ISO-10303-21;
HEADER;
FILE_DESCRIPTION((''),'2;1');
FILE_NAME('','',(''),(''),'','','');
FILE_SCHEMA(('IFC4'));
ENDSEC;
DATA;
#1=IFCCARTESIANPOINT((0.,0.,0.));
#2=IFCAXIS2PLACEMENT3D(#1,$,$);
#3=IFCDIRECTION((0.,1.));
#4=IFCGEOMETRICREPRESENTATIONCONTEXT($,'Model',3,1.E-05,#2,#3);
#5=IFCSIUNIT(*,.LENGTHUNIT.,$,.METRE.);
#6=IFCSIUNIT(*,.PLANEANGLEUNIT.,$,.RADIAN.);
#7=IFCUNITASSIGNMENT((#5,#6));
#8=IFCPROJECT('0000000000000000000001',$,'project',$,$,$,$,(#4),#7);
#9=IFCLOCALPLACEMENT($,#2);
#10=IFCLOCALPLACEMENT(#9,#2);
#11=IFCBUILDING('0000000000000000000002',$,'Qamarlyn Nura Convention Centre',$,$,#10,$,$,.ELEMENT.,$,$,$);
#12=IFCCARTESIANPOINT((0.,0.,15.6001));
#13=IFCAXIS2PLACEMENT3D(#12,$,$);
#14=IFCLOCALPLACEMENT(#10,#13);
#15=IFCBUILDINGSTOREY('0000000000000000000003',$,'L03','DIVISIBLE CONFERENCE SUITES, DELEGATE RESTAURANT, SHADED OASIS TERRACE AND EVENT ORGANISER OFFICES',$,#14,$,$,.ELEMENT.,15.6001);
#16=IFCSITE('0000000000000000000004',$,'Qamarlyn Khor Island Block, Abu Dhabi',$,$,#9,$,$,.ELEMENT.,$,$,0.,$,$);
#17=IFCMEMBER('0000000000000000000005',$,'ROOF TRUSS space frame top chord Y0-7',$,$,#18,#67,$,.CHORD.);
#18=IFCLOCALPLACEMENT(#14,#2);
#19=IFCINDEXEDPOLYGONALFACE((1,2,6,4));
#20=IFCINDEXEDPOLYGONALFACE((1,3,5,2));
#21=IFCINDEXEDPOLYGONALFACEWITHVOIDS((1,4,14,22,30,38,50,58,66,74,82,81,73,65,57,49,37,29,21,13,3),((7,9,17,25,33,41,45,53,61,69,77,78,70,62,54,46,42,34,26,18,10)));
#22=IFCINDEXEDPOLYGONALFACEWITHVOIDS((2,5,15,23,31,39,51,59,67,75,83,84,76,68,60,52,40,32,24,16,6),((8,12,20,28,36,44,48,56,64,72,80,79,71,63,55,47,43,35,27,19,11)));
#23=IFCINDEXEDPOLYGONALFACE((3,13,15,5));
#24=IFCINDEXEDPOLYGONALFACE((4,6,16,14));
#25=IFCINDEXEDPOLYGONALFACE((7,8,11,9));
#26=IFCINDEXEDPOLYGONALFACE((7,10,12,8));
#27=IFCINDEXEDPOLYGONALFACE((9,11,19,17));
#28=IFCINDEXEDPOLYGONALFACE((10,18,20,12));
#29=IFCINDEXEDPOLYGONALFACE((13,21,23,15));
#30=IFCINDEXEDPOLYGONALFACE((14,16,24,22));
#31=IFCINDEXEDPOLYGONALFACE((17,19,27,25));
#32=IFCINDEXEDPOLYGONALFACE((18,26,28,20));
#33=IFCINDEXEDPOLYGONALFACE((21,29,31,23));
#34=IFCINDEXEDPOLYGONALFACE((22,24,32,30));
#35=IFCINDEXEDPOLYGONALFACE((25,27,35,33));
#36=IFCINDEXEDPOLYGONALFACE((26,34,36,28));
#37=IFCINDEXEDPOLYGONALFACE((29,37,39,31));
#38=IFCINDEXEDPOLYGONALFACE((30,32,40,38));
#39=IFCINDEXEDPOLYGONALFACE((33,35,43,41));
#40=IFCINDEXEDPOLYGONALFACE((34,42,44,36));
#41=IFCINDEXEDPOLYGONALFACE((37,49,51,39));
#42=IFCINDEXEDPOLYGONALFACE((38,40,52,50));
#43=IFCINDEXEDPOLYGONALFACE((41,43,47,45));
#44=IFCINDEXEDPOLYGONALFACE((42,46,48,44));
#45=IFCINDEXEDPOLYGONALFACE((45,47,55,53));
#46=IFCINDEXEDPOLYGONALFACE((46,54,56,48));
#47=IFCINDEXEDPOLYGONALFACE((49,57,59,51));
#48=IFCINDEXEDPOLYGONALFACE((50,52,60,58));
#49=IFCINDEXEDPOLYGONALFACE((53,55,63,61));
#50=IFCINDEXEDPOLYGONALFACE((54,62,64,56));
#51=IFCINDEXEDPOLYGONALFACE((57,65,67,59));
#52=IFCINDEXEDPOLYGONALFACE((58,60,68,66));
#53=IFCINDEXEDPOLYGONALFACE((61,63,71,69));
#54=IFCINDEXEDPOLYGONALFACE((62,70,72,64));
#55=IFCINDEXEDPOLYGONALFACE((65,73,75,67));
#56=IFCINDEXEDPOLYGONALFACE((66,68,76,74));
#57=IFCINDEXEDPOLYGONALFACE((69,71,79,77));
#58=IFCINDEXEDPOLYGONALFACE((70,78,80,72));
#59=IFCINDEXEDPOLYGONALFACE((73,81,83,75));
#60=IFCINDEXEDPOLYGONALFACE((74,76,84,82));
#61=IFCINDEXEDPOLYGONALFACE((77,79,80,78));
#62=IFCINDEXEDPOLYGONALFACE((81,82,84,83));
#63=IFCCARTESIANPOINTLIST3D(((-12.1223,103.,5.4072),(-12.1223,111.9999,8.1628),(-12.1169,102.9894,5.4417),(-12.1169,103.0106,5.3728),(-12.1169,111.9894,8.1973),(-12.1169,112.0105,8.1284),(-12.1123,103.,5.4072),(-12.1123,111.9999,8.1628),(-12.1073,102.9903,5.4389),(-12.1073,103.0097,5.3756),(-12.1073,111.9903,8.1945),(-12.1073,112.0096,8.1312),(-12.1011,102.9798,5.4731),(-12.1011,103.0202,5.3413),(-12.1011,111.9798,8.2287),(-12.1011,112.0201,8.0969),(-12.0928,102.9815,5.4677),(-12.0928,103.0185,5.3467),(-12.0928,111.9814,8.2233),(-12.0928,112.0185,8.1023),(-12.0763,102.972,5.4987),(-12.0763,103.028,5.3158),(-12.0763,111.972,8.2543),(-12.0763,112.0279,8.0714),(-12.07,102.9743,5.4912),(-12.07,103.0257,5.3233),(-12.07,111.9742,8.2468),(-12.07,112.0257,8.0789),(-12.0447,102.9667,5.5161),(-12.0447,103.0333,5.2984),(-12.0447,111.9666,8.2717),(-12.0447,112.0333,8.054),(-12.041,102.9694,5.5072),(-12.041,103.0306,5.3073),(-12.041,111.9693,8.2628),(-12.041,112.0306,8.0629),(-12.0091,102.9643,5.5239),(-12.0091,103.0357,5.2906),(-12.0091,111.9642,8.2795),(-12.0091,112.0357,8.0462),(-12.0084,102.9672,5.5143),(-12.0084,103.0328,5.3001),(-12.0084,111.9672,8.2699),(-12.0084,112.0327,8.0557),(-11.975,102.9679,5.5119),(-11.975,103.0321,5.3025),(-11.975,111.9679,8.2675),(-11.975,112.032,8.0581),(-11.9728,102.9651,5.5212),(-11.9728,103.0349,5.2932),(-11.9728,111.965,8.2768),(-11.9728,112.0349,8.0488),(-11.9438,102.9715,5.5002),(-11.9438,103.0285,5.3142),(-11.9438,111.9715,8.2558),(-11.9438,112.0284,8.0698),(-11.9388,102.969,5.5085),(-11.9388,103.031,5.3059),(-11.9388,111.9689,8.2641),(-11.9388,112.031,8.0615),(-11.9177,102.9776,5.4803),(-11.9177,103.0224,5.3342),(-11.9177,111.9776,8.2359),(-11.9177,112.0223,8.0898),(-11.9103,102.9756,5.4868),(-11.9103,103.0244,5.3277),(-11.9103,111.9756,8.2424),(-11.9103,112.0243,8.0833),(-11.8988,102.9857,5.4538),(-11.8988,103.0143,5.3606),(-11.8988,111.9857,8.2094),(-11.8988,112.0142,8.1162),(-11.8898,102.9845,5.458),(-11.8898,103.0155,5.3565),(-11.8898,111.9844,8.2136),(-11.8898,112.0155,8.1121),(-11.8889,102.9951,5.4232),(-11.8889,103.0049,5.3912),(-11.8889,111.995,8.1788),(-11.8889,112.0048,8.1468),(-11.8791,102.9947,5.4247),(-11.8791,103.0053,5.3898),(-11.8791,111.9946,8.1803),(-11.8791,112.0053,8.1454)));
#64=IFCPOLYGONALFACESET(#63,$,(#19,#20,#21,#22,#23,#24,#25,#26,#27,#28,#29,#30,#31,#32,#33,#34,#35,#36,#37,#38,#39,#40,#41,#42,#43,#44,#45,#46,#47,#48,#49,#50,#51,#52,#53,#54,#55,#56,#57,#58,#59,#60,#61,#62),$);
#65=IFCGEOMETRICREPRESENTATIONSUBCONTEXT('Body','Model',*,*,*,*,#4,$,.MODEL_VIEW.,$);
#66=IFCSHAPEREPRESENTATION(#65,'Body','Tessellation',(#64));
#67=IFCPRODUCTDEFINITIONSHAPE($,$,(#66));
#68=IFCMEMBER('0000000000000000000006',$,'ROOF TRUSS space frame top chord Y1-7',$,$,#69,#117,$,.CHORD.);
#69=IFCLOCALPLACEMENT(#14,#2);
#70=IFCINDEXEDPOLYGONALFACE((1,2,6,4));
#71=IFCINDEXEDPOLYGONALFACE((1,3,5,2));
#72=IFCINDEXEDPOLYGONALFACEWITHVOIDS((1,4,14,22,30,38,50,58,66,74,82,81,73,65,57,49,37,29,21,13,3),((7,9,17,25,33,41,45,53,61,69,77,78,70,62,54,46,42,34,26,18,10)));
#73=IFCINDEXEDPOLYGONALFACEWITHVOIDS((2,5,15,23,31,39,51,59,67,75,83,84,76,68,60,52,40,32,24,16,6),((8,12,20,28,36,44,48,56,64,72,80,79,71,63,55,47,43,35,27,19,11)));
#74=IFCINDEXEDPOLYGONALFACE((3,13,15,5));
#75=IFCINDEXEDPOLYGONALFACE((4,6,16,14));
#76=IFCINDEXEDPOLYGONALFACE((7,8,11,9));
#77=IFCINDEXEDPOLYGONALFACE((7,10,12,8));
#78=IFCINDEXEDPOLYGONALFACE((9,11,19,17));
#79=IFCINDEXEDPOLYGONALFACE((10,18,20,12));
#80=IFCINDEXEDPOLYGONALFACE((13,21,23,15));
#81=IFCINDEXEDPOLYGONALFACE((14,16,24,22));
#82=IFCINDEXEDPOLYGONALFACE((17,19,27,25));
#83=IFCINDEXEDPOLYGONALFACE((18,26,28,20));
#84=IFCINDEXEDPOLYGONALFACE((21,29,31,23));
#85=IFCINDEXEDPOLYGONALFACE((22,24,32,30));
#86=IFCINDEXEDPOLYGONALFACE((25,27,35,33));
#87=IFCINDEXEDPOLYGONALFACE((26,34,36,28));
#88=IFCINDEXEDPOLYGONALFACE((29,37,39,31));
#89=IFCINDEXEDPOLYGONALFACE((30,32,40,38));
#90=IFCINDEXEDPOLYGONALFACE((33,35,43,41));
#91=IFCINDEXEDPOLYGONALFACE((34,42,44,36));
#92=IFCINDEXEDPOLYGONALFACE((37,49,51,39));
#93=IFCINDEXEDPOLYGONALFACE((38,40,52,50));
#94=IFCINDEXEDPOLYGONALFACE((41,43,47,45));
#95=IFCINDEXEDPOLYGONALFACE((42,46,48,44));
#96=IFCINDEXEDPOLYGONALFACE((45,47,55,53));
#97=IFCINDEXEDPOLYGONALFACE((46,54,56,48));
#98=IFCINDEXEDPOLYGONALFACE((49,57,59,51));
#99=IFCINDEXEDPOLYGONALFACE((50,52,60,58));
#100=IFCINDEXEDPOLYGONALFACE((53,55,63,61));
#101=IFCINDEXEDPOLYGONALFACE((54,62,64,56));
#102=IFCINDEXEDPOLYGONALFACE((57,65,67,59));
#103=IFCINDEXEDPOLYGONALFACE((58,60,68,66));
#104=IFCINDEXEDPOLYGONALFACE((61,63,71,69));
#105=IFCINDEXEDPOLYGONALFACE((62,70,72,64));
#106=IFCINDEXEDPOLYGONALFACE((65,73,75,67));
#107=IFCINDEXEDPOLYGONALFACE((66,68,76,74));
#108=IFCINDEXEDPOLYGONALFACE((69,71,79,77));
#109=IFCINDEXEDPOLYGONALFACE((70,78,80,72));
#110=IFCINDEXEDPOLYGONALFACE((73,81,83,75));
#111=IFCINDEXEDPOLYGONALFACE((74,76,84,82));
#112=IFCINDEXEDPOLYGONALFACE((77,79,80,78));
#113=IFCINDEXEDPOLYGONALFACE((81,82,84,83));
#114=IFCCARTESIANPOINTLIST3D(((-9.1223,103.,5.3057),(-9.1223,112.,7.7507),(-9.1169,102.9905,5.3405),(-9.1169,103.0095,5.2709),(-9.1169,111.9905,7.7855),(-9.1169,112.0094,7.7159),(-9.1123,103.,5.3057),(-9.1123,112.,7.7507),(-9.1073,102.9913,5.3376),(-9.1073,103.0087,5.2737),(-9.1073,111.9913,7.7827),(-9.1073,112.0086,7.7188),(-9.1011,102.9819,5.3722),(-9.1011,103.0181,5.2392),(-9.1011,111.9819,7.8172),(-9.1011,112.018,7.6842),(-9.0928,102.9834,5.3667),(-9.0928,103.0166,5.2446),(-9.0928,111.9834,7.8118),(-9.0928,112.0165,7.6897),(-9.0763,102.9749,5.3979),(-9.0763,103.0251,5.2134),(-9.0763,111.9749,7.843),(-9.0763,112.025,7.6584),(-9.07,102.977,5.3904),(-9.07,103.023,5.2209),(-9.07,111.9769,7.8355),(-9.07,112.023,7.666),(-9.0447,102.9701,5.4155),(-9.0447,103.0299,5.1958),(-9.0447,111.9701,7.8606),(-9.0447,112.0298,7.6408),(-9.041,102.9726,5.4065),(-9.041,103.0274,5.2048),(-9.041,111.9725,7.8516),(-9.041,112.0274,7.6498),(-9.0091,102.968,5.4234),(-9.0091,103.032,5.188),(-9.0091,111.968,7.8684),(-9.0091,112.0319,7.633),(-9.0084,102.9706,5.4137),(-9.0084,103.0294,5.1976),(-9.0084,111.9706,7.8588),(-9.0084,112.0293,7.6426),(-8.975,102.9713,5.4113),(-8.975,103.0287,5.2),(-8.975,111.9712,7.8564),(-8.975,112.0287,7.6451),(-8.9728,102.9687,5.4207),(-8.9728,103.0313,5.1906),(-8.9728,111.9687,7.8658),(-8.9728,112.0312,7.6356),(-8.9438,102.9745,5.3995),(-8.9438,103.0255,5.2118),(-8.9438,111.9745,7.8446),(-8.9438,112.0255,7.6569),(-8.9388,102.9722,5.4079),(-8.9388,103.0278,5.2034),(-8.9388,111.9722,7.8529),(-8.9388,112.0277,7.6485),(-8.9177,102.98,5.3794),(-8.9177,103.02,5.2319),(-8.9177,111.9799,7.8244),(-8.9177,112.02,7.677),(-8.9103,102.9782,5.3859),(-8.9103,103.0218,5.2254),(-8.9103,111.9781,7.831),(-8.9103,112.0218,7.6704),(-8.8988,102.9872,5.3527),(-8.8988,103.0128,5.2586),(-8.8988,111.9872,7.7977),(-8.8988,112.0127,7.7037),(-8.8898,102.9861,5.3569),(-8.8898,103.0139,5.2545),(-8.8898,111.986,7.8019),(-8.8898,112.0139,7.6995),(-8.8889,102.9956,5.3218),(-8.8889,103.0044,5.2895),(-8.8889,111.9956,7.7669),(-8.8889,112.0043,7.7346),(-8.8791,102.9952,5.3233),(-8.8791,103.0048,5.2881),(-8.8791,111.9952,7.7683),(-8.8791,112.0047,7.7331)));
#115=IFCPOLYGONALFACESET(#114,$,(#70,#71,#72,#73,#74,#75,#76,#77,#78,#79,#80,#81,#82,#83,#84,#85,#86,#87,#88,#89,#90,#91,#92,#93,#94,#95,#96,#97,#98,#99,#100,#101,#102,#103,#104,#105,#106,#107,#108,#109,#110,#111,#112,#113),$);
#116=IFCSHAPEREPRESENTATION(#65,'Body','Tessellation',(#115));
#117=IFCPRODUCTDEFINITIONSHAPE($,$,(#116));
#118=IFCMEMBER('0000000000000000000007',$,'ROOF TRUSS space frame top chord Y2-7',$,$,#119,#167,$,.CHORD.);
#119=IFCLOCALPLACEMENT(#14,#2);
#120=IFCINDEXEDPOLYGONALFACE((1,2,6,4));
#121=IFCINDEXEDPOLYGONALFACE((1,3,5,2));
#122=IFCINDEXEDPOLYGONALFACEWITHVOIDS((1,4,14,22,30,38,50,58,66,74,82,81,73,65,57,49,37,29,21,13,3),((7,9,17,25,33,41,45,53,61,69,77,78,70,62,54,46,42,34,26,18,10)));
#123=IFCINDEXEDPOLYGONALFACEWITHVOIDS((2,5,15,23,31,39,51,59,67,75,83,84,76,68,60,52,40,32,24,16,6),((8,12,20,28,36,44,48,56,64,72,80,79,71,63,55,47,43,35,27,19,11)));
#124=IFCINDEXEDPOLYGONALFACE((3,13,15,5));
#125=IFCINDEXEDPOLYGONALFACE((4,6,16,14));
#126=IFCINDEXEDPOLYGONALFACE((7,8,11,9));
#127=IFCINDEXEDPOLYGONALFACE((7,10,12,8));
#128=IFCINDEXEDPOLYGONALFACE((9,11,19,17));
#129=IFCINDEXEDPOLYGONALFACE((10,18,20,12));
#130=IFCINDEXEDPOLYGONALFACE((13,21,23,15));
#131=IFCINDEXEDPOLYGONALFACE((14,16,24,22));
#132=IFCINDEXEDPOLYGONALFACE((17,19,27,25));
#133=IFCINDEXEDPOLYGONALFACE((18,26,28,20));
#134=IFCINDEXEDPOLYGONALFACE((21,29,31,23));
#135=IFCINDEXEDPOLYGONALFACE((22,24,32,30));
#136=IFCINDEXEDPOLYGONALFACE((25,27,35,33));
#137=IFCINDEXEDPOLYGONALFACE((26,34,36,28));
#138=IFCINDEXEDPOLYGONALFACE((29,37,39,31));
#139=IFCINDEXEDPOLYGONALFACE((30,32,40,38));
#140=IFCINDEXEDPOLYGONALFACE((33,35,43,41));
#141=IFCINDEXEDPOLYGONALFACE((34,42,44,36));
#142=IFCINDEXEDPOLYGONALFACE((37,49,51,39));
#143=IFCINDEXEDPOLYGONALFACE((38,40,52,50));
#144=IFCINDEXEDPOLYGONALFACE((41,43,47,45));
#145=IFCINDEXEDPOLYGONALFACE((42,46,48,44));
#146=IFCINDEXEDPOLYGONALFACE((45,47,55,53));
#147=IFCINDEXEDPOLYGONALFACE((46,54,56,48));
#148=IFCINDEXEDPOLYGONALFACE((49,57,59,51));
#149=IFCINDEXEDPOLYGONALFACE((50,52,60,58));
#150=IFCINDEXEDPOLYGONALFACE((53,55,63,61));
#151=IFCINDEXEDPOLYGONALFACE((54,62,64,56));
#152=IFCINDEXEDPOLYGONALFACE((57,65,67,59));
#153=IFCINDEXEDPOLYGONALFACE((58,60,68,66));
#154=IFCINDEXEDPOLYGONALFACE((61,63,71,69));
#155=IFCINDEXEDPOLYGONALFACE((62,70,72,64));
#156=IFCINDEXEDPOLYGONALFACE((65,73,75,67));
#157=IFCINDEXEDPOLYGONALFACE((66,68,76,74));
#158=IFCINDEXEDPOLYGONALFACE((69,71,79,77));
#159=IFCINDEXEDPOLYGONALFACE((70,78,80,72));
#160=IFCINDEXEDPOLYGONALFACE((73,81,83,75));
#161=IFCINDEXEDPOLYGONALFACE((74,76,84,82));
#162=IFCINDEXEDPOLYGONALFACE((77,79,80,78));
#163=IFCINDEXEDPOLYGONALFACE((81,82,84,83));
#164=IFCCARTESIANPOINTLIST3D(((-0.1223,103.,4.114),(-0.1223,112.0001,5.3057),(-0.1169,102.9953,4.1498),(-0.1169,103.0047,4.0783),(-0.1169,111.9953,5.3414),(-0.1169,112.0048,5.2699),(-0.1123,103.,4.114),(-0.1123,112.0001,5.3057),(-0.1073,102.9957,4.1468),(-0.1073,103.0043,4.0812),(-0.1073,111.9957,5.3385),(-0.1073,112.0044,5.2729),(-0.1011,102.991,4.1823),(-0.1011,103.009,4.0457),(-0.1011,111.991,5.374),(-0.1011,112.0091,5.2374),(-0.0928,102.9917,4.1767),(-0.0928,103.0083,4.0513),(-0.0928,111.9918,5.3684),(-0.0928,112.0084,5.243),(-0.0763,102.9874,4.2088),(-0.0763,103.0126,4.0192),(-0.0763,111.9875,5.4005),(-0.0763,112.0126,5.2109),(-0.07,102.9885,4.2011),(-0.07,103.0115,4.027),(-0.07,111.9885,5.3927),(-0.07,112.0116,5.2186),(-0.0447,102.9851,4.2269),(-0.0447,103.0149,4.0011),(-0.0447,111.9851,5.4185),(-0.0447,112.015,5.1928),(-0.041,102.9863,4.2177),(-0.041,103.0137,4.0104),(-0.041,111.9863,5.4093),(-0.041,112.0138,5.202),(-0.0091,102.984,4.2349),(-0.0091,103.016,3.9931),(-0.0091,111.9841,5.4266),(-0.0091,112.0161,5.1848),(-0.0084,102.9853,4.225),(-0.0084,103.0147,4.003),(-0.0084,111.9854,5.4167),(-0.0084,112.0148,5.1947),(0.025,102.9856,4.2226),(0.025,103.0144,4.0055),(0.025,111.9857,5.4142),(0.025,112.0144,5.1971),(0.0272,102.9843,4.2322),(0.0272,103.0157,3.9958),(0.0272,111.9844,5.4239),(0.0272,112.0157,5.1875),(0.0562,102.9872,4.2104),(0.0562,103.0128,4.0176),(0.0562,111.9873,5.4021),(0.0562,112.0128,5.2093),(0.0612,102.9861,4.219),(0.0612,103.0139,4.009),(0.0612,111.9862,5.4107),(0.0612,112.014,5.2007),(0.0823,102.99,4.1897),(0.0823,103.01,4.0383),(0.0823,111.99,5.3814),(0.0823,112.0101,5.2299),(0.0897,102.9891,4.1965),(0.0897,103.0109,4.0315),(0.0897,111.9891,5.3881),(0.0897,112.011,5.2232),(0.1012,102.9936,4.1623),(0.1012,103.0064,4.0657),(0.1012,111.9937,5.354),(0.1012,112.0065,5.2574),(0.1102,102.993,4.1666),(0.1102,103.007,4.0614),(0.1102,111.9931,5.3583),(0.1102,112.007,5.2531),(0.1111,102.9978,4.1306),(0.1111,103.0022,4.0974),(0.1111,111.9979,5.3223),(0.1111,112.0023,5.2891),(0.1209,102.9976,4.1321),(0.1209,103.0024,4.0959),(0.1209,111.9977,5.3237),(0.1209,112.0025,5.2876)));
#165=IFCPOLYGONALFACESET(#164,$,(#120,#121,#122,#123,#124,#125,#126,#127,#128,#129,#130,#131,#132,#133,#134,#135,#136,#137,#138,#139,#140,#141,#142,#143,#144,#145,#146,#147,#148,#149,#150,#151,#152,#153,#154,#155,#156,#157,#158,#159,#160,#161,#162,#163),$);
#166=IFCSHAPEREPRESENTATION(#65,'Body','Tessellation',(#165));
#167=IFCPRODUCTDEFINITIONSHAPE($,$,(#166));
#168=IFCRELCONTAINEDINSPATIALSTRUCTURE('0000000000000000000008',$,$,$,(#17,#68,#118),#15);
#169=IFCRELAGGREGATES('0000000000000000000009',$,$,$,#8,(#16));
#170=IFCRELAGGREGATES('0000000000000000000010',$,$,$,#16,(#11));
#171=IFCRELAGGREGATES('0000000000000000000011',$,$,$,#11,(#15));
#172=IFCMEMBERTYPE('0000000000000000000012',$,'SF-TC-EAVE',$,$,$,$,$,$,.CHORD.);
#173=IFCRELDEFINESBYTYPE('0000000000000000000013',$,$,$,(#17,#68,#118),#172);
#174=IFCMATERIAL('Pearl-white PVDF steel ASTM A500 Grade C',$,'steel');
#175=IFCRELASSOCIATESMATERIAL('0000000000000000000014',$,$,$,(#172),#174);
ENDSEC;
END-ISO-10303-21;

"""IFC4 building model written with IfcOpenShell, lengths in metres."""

from ifc_helpers import new_model, si_unit, direction, frame, origin, origin_2d, place, context, subcontext, project, spatial, hollow_circle, extrude, material, material_profile, profile_set, type_object, element, save


model = new_model("IFC4")

# Units and contexts
model_context = context("Model", 3, precision=1e-05, world=origin(), true_north=direction((0.0, 1.0)))
body_context = subcontext(model_context, "Body", "Model", "MODEL_VIEW")
ifc_project = project(units=[si_unit("LENGTHUNIT", "METRE"), si_unit("PLANEANGLEUNIT", "RADIAN")], contexts=[model_context])

# Site, building, storey
site_placement = place(None, origin())
site = spatial("IfcSite", under=ifc_project, at=site_placement, Name="Qamarlyn Khor Island Block, Abu Dhabi", CompositionType="ELEMENT", RefElevation=0.0)
building_placement = place(site_placement, origin())
building = spatial("IfcBuilding", under=site, at=building_placement, Name="Qamarlyn Nura Convention Centre", CompositionType="ELEMENT")
storey_placement = place(building_placement, frame((0.0, 0.0, 15.6001)))
storey = spatial("IfcBuildingStorey", under=building, at=storey_placement, Name="L03", Description="DIVISIBLE CONFERENCE SUITES, DELEGATE RESTAURANT, SHADED OASIS TERRACE AND EVENT ORGANISER OFFICES", CompositionType="ELEMENT", Elevation=15.6001)

# Members
ifc_material_1 = material(Name="Pearl-white PVDF steel ASTM A500 Grade C", Category="steel")
ifc_material_profile_1 = material_profile(ifc_material_1, hollow_circle(Radius=0.1223, WallThickness=0.01, at=origin_2d()), Name="CHS244.5X10")
ifc_profile_set_1 = profile_set([ifc_material_profile_1], Name="Pearl-white PVDF steel ASTM A500 Grade C")
member_type_1 = type_object("IfcMemberType", Name="SF-TC-EAVE", PredefinedType="CHORD", material=ifc_profile_set_1)
member_1_placement = place(storey_placement, frame((-12.0, 103.0, 5.4072), z_axis=(0.0, 0.956185, 0.292764), x_axis=(-1.0, 0.0, 0.0)))
element("IfcMember", 1, at=member_1_placement, inside=storey, type_object=member_type_1, Name="ROOF TRUSS space frame top chord Y0-7", PredefinedType="CHORD", context=body_context, shape_type="SweptSolid", body=[
    extrude(hollow_circle(Radius=0.1223, WallThickness=0.01, at=origin_2d()), origin(), (0.0, 0.0, 1.0), 9.4124),
])
member_2_placement = place(storey_placement, frame((-9.0, 103.0, 5.3057), z_axis=(0.0, 0.965021, 0.262171), x_axis=(-1.0, 0.0, 0.0)))
element("IfcMember", 2, at=member_2_placement, inside=storey, type_object=member_type_1, Name="ROOF TRUSS space frame top chord Y1-7", PredefinedType="CHORD", context=body_context, shape_type="SweptSolid", body=[
    extrude(hollow_circle(Radius=0.1223, WallThickness=0.01, at=origin_2d()), origin(), (0.0, 0.0, 1.0), 9.3262),
])
member_3_placement = place(storey_placement, frame((0.0, 103.0, 4.114), z_axis=(0.0, 0.991348, 0.13126), x_axis=(-1.0, 0.0, 0.0)))
element("IfcMember", 3, at=member_3_placement, inside=storey, type_object=member_type_1, Name="ROOF TRUSS space frame top chord Y2-7", PredefinedType="CHORD", context=body_context, shape_type="SweptSolid", body=[
    extrude(hollow_circle(Radius=0.1223, WallThickness=0.01, at=origin_2d()), origin(), (0.0, 0.0, 1.0), 9.0786),
])

save(model, "model.ifc")
